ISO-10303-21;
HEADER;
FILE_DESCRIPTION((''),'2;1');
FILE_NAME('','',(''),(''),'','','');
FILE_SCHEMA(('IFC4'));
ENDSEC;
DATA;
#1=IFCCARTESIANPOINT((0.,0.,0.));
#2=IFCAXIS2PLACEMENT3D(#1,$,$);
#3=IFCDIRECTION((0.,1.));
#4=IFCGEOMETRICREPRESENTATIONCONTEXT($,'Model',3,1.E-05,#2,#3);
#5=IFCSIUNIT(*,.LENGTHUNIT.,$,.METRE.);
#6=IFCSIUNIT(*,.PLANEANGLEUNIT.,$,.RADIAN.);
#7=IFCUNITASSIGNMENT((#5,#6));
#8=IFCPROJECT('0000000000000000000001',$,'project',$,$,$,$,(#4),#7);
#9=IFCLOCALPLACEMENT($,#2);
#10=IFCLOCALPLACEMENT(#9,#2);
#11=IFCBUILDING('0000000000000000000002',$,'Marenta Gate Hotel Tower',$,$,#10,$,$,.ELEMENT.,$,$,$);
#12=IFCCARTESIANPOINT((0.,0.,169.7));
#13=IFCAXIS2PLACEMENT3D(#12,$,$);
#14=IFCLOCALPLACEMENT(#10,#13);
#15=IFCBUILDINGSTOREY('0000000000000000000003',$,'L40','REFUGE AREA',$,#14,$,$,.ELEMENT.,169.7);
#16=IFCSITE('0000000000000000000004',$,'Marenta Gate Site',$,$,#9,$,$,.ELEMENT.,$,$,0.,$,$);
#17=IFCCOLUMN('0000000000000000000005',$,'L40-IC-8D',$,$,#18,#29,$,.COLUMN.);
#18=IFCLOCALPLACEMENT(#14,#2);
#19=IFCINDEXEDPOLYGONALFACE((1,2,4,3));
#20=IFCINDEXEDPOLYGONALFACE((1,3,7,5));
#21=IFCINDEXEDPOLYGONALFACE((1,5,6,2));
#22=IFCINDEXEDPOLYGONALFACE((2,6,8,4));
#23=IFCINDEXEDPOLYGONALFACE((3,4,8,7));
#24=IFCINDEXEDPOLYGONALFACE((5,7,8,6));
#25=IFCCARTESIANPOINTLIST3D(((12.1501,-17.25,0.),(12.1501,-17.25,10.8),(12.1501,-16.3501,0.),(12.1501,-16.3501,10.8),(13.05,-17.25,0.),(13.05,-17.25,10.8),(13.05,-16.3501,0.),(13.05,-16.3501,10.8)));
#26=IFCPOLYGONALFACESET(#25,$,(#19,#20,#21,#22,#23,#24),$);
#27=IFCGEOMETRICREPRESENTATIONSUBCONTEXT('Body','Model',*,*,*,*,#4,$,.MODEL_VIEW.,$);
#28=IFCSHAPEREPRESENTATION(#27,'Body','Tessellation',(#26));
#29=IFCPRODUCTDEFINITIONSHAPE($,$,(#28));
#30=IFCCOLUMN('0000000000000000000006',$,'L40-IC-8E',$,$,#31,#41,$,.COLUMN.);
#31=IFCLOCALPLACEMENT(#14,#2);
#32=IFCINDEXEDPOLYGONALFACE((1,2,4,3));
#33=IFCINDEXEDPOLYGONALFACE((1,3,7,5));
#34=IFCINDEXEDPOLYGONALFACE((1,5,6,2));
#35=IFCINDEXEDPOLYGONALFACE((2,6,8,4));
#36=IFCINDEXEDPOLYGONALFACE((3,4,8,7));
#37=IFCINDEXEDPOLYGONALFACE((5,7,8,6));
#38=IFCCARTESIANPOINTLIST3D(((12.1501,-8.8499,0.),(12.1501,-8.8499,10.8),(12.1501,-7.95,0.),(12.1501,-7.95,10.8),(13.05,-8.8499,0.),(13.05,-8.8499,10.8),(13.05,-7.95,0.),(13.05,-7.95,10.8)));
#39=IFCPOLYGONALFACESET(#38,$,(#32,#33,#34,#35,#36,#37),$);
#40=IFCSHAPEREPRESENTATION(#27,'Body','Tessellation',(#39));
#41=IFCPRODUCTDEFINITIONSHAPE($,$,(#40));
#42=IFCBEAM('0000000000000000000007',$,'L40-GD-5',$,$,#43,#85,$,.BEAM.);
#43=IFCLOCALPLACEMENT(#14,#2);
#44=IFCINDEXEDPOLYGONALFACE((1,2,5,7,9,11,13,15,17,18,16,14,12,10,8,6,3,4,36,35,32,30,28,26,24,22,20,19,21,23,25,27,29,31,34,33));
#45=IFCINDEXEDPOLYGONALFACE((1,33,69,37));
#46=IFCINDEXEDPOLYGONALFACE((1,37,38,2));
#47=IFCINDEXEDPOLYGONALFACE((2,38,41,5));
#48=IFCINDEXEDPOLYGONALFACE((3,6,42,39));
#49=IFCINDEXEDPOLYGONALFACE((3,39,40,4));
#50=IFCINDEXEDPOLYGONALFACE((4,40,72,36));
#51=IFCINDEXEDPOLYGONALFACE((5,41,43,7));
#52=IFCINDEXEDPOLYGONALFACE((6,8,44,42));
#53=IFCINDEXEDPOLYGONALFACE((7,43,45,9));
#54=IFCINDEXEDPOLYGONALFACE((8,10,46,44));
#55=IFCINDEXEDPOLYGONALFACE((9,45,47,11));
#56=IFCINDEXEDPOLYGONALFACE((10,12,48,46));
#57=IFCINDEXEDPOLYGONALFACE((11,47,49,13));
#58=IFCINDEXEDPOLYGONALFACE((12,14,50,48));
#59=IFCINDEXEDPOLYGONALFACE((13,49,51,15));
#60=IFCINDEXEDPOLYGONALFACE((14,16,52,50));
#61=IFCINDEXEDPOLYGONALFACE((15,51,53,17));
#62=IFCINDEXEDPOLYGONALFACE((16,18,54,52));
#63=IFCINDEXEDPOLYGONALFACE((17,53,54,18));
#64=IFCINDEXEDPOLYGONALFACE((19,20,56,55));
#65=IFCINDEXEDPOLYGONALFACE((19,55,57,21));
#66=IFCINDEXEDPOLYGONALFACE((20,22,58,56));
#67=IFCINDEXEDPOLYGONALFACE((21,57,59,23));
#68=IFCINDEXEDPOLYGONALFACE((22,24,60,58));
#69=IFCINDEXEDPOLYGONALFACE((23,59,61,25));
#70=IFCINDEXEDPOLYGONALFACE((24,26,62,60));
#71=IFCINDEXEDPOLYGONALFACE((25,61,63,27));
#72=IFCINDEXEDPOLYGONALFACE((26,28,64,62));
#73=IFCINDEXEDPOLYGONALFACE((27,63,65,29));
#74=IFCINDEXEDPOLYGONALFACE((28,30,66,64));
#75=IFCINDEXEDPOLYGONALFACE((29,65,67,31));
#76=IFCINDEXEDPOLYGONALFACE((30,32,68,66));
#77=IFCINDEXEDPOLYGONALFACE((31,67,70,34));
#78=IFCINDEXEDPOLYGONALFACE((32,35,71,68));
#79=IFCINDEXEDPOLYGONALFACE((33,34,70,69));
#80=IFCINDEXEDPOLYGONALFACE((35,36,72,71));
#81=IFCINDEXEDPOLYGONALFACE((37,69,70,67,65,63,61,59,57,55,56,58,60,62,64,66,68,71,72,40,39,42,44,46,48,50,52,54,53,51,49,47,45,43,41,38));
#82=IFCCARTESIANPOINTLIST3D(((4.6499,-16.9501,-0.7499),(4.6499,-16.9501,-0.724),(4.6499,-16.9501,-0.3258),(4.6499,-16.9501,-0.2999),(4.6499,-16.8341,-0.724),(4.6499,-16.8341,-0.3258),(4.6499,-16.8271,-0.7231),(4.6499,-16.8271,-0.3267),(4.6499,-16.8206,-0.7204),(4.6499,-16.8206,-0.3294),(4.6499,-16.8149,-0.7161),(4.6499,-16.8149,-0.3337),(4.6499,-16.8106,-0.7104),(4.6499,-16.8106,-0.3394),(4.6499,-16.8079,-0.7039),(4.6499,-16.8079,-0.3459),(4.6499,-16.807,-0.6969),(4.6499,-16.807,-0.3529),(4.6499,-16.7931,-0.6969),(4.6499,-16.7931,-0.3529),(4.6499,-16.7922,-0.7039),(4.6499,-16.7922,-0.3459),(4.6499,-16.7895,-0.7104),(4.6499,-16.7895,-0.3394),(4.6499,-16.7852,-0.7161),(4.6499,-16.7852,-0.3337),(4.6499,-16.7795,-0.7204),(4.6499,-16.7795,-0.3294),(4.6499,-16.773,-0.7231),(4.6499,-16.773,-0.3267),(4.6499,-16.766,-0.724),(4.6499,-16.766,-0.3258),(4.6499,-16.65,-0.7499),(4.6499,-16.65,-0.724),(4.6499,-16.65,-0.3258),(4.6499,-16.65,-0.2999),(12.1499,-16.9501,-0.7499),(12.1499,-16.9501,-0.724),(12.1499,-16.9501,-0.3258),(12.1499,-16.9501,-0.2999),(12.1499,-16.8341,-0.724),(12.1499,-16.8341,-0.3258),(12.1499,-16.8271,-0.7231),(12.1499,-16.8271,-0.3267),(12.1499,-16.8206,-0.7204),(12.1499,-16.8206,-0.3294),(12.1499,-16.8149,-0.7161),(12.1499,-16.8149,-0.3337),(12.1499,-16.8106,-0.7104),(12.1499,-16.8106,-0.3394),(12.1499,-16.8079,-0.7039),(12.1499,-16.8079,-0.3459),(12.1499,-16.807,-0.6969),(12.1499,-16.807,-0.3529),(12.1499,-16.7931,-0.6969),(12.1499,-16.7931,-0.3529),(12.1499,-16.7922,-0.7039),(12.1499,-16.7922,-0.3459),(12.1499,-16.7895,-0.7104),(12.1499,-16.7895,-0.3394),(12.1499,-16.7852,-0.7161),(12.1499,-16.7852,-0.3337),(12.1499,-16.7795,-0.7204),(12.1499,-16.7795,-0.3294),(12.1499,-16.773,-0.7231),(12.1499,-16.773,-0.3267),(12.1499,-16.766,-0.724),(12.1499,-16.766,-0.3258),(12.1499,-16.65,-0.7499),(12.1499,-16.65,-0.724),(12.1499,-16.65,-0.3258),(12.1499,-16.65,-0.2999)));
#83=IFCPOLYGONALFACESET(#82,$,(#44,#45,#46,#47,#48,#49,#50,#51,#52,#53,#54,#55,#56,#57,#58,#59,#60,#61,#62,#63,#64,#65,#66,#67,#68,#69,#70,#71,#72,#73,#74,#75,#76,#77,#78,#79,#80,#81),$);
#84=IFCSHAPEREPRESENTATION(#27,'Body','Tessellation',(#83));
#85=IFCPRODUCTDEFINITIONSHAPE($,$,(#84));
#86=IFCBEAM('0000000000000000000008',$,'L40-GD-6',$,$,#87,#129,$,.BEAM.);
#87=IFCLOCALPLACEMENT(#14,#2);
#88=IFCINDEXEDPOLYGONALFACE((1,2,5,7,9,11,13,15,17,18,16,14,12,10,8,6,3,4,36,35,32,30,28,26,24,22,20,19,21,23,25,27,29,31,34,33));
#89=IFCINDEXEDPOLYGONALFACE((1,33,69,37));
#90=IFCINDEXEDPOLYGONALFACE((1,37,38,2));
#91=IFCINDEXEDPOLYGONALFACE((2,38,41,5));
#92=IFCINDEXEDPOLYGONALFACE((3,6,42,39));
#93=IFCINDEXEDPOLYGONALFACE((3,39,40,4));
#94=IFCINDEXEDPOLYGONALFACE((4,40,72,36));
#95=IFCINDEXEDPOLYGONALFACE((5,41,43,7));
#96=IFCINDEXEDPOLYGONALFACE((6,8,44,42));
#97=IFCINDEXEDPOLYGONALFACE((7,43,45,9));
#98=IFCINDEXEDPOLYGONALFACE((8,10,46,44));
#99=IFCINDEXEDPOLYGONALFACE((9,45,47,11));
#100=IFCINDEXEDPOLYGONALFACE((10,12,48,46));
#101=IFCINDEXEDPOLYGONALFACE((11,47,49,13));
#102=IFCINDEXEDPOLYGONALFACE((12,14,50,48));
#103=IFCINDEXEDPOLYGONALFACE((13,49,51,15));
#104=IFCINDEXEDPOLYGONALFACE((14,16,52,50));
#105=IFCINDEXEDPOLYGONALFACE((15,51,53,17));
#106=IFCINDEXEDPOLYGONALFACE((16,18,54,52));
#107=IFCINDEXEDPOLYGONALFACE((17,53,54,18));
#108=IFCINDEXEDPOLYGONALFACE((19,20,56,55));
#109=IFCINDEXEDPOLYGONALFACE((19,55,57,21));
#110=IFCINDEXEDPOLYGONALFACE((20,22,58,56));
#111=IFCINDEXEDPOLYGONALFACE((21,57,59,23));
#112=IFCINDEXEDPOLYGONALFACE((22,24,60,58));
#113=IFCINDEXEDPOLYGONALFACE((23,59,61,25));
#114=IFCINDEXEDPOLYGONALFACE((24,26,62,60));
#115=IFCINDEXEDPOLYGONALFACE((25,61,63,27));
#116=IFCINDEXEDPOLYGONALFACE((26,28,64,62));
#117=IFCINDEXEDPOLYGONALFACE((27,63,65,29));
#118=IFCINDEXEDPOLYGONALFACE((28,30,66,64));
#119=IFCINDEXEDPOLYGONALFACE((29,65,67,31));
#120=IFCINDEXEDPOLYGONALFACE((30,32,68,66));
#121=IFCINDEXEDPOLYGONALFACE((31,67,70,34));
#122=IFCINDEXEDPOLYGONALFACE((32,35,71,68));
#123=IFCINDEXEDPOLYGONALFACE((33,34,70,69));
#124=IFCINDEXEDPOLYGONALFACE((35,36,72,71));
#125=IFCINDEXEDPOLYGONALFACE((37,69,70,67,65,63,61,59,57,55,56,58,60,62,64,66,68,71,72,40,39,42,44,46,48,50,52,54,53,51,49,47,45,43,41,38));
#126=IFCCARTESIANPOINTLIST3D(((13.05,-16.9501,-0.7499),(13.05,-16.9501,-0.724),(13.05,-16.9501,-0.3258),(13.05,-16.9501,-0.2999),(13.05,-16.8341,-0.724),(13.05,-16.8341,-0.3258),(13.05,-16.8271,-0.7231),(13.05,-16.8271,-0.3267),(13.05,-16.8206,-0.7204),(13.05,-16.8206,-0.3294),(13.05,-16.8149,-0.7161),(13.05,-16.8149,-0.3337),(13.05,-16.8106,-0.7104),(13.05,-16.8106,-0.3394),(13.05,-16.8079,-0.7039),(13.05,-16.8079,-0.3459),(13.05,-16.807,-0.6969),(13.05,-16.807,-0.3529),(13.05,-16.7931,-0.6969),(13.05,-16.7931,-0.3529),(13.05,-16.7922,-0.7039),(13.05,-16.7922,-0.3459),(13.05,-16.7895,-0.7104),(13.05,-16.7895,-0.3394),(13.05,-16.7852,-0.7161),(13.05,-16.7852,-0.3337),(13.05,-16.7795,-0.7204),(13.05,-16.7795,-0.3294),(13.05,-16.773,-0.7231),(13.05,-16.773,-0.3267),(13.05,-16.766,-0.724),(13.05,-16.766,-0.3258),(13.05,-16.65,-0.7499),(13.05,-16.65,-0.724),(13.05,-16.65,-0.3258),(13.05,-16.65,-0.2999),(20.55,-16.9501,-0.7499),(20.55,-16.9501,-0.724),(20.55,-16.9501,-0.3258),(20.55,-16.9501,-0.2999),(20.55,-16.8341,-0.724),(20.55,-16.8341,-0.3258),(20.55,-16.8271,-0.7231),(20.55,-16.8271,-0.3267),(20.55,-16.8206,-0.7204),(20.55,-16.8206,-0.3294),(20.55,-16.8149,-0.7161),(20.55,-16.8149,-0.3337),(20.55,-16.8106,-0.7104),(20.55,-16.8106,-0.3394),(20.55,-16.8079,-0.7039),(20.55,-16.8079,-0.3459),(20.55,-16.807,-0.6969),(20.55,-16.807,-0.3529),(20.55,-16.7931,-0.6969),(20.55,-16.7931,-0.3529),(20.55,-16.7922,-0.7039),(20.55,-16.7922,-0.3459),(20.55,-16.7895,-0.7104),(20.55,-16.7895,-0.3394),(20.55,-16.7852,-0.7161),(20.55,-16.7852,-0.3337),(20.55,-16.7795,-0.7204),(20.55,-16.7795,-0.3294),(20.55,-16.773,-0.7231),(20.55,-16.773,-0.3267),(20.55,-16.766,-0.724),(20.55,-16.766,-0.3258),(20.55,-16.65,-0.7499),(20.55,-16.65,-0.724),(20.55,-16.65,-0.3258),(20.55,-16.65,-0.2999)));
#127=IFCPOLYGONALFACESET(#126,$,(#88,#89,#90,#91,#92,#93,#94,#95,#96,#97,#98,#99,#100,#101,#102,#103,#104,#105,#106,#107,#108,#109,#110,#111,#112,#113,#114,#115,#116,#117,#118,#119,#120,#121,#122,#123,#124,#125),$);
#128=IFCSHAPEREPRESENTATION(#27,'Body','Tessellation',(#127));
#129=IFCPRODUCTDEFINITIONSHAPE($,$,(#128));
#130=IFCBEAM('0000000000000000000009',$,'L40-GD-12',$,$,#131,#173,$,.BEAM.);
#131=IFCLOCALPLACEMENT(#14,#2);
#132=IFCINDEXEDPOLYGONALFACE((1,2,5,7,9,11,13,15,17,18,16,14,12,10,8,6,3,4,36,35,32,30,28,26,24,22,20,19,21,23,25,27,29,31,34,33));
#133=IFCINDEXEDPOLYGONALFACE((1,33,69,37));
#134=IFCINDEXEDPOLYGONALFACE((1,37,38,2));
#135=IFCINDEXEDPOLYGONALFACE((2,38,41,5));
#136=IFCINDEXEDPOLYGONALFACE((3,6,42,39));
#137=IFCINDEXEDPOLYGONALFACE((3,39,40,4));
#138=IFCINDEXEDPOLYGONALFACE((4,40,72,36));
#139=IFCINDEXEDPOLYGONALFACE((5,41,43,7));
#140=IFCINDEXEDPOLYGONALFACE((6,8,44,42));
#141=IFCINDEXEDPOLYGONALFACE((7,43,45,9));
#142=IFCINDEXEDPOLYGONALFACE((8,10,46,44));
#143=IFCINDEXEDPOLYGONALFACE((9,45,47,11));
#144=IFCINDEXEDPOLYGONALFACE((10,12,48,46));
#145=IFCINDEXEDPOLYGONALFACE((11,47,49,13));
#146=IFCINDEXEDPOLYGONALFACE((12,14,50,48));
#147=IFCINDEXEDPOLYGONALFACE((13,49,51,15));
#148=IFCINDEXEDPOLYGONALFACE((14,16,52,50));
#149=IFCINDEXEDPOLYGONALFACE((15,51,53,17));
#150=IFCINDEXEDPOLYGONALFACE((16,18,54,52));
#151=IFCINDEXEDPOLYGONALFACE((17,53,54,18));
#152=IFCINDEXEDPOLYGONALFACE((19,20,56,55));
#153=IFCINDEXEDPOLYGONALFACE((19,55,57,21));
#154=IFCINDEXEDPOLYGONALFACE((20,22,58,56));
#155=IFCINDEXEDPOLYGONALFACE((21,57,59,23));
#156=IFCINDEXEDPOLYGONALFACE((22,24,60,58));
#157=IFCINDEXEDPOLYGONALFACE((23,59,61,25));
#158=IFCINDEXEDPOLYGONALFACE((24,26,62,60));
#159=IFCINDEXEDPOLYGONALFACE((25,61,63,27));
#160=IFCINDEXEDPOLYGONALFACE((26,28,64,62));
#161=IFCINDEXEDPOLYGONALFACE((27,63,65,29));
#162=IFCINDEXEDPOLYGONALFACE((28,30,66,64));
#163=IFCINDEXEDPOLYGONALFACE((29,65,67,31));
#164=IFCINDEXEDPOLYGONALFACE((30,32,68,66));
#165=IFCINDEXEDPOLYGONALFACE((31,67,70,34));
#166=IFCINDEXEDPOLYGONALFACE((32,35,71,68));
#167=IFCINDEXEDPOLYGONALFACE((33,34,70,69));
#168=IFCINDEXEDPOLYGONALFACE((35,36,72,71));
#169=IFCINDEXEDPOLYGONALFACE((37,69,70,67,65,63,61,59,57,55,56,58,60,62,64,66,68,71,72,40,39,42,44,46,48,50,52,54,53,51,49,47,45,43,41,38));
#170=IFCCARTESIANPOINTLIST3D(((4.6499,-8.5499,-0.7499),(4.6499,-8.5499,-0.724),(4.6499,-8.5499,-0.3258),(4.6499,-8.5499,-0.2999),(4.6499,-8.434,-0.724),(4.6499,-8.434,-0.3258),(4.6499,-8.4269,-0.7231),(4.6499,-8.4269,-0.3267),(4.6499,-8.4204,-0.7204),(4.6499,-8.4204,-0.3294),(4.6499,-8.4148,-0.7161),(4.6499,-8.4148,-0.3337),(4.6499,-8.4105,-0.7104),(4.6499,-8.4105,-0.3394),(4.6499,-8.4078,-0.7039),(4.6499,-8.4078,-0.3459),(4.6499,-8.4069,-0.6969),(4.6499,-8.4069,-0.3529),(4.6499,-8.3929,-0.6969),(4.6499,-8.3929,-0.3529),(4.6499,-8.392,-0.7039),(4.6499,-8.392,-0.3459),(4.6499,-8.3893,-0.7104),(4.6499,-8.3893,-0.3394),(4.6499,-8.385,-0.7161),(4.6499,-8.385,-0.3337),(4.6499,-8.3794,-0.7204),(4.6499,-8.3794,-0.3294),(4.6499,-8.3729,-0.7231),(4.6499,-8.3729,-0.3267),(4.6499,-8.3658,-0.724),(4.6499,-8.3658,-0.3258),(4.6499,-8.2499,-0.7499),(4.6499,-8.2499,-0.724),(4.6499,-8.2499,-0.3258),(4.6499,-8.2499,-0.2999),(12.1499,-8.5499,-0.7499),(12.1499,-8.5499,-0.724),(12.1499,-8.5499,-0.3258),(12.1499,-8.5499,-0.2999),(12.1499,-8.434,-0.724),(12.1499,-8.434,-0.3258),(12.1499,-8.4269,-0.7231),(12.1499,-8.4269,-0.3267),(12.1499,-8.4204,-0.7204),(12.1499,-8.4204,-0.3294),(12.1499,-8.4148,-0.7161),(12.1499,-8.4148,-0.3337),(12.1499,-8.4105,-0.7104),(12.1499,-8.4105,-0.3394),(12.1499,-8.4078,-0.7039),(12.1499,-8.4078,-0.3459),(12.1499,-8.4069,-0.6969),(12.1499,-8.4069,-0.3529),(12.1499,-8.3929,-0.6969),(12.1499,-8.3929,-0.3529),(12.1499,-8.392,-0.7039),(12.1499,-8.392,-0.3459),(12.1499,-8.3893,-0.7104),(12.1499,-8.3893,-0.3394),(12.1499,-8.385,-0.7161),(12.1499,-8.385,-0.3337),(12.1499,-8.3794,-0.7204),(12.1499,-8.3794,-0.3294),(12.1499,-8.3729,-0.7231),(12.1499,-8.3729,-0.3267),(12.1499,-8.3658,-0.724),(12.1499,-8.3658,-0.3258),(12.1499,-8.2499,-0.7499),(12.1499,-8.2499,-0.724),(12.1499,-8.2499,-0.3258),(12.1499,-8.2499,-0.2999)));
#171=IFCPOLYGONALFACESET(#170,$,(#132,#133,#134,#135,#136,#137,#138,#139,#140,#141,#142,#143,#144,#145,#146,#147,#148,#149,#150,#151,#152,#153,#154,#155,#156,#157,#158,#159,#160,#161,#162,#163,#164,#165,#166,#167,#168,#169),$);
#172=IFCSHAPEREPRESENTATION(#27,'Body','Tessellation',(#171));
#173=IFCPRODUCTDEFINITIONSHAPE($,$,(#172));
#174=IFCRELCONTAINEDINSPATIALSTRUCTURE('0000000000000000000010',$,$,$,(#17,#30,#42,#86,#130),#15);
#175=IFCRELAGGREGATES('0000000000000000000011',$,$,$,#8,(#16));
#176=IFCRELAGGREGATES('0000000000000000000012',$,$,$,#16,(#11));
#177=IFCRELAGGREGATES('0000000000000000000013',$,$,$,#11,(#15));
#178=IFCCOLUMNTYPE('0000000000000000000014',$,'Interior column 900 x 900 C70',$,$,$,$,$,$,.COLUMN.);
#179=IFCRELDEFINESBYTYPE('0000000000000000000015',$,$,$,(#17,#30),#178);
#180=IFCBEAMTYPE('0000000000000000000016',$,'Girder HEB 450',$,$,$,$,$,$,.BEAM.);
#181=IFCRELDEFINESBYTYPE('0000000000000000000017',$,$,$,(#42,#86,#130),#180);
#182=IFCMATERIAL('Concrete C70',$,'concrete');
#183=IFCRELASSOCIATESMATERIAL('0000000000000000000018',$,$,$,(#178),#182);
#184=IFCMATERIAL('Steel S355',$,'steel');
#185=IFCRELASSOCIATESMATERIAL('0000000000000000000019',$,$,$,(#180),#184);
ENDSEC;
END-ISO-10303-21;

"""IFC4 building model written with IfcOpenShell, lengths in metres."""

from ifc_helpers import new_model, si_unit, direction, frame, origin, origin_2d, place, context, subcontext, project, spatial, rectangle, i_section, extrude, material, material_profile, profile_set, type_object, element, save


model = new_model("IFC4")

# Units and contexts
model_context = context("Model", 3, precision=1e-05, world=origin(), true_north=direction((0.0, 1.0)))
body_context = subcontext(model_context, "Body", "Model", "MODEL_VIEW")
ifc_project = project(units=[si_unit("LENGTHUNIT", "METRE"), si_unit("PLANEANGLEUNIT", "RADIAN")], contexts=[model_context])

# Site, building, storey
site_placement = place(None, origin())
site = spatial("IfcSite", under=ifc_project, at=site_placement, Name="Marenta Gate Site", CompositionType="ELEMENT", RefElevation=0.0)
building_placement = place(site_placement, origin())
building = spatial("IfcBuilding", under=site, at=building_placement, Name="Marenta Gate Hotel Tower", CompositionType="ELEMENT")
storey_placement = place(building_placement, frame((0.0, 0.0, 169.7)))
storey = spatial("IfcBuildingStorey", under=building, at=storey_placement, Name="L40", Description="REFUGE AREA", CompositionType="ELEMENT", Elevation=169.7)

# Columns
ifc_material_1 = material(Name="Concrete C70", Category="concrete")
ifc_material_profile_1 = material_profile(ifc_material_1, rectangle(XDim=0.8999, YDim=0.8999, at=origin_2d()), Name="900 x 900")
ifc_profile_set_1 = profile_set([ifc_material_profile_1], Name="Concrete C70")
column_type = type_object("IfcColumnType", Name="Interior column 900 x 900 C70", PredefinedType="COLUMN", material=ifc_profile_set_1)
for number, where, z_axis, x_axis, name in (
    (1, (12.6001, -16.8, 0.0), (0.0, 0.0, 1.0), (1.0, 0.0, 0.0), "L40-IC-8D"),
    (2, (12.6001, -8.3999, 0.0), (0.0, 0.0, 1.0), (1.0, 0.0, 0.0), "L40-IC-8E"),
):
    element("IfcColumn", number, at=place(storey_placement, frame(where, z_axis=z_axis, x_axis=x_axis)), inside=storey, type_object=column_type, Name=name, PredefinedType="COLUMN", context=body_context, shape_type="SweptSolid", body=[
        extrude(rectangle(XDim=0.8999, YDim=0.8999, at=origin_2d()), origin(), (0.0, 0.0, 1.0), 10.8),
    ])

# Beams
ifc_material_2 = material(Name="Steel S355", Category="steel")
ifc_material_profile_2 = material_profile(ifc_material_2, i_section(OverallWidth=0.3, OverallDepth=0.45, WebThickness=0.0139, FlangeThickness=0.0259, FilletRadius=0.0271, at=origin_2d()), Name="HEB 450")
ifc_profile_set_2 = profile_set([ifc_material_profile_2], Name="Steel S355")
beam_type_1 = type_object("IfcBeamType", Name="Girder HEB 450", PredefinedType="BEAM", material=ifc_profile_set_2)
for number, where, z_axis, x_axis, name in (
    (3, (4.6499, -16.8, -0.5249), (1.0, 0.0, 0.0), (0.0, 1.0, 0.0), "L40-GD-5"),
    (4, (13.05, -16.8, -0.5249), (1.0, 0.0, 0.0), (0.0, 1.0, 0.0), "L40-GD-6"),
    (5, (4.6499, -8.3999, -0.5249), (1.0, 0.0, 0.0), (0.0, 1.0, 0.0), "L40-GD-12"),
):
    element("IfcBeam", number, at=place(storey_placement, frame(where, z_axis=z_axis, x_axis=x_axis)), inside=storey, type_object=beam_type_1, Name=name, PredefinedType="BEAM", context=body_context, shape_type="SweptSolid", body=[
        extrude(i_section(OverallWidth=0.3, OverallDepth=0.45, WebThickness=0.0139, FlangeThickness=0.0259, FilletRadius=0.0271, at=origin_2d()), origin(), (0.0, 0.0, 1.0), 7.5),
    ])

save(model, "model.ifc")
